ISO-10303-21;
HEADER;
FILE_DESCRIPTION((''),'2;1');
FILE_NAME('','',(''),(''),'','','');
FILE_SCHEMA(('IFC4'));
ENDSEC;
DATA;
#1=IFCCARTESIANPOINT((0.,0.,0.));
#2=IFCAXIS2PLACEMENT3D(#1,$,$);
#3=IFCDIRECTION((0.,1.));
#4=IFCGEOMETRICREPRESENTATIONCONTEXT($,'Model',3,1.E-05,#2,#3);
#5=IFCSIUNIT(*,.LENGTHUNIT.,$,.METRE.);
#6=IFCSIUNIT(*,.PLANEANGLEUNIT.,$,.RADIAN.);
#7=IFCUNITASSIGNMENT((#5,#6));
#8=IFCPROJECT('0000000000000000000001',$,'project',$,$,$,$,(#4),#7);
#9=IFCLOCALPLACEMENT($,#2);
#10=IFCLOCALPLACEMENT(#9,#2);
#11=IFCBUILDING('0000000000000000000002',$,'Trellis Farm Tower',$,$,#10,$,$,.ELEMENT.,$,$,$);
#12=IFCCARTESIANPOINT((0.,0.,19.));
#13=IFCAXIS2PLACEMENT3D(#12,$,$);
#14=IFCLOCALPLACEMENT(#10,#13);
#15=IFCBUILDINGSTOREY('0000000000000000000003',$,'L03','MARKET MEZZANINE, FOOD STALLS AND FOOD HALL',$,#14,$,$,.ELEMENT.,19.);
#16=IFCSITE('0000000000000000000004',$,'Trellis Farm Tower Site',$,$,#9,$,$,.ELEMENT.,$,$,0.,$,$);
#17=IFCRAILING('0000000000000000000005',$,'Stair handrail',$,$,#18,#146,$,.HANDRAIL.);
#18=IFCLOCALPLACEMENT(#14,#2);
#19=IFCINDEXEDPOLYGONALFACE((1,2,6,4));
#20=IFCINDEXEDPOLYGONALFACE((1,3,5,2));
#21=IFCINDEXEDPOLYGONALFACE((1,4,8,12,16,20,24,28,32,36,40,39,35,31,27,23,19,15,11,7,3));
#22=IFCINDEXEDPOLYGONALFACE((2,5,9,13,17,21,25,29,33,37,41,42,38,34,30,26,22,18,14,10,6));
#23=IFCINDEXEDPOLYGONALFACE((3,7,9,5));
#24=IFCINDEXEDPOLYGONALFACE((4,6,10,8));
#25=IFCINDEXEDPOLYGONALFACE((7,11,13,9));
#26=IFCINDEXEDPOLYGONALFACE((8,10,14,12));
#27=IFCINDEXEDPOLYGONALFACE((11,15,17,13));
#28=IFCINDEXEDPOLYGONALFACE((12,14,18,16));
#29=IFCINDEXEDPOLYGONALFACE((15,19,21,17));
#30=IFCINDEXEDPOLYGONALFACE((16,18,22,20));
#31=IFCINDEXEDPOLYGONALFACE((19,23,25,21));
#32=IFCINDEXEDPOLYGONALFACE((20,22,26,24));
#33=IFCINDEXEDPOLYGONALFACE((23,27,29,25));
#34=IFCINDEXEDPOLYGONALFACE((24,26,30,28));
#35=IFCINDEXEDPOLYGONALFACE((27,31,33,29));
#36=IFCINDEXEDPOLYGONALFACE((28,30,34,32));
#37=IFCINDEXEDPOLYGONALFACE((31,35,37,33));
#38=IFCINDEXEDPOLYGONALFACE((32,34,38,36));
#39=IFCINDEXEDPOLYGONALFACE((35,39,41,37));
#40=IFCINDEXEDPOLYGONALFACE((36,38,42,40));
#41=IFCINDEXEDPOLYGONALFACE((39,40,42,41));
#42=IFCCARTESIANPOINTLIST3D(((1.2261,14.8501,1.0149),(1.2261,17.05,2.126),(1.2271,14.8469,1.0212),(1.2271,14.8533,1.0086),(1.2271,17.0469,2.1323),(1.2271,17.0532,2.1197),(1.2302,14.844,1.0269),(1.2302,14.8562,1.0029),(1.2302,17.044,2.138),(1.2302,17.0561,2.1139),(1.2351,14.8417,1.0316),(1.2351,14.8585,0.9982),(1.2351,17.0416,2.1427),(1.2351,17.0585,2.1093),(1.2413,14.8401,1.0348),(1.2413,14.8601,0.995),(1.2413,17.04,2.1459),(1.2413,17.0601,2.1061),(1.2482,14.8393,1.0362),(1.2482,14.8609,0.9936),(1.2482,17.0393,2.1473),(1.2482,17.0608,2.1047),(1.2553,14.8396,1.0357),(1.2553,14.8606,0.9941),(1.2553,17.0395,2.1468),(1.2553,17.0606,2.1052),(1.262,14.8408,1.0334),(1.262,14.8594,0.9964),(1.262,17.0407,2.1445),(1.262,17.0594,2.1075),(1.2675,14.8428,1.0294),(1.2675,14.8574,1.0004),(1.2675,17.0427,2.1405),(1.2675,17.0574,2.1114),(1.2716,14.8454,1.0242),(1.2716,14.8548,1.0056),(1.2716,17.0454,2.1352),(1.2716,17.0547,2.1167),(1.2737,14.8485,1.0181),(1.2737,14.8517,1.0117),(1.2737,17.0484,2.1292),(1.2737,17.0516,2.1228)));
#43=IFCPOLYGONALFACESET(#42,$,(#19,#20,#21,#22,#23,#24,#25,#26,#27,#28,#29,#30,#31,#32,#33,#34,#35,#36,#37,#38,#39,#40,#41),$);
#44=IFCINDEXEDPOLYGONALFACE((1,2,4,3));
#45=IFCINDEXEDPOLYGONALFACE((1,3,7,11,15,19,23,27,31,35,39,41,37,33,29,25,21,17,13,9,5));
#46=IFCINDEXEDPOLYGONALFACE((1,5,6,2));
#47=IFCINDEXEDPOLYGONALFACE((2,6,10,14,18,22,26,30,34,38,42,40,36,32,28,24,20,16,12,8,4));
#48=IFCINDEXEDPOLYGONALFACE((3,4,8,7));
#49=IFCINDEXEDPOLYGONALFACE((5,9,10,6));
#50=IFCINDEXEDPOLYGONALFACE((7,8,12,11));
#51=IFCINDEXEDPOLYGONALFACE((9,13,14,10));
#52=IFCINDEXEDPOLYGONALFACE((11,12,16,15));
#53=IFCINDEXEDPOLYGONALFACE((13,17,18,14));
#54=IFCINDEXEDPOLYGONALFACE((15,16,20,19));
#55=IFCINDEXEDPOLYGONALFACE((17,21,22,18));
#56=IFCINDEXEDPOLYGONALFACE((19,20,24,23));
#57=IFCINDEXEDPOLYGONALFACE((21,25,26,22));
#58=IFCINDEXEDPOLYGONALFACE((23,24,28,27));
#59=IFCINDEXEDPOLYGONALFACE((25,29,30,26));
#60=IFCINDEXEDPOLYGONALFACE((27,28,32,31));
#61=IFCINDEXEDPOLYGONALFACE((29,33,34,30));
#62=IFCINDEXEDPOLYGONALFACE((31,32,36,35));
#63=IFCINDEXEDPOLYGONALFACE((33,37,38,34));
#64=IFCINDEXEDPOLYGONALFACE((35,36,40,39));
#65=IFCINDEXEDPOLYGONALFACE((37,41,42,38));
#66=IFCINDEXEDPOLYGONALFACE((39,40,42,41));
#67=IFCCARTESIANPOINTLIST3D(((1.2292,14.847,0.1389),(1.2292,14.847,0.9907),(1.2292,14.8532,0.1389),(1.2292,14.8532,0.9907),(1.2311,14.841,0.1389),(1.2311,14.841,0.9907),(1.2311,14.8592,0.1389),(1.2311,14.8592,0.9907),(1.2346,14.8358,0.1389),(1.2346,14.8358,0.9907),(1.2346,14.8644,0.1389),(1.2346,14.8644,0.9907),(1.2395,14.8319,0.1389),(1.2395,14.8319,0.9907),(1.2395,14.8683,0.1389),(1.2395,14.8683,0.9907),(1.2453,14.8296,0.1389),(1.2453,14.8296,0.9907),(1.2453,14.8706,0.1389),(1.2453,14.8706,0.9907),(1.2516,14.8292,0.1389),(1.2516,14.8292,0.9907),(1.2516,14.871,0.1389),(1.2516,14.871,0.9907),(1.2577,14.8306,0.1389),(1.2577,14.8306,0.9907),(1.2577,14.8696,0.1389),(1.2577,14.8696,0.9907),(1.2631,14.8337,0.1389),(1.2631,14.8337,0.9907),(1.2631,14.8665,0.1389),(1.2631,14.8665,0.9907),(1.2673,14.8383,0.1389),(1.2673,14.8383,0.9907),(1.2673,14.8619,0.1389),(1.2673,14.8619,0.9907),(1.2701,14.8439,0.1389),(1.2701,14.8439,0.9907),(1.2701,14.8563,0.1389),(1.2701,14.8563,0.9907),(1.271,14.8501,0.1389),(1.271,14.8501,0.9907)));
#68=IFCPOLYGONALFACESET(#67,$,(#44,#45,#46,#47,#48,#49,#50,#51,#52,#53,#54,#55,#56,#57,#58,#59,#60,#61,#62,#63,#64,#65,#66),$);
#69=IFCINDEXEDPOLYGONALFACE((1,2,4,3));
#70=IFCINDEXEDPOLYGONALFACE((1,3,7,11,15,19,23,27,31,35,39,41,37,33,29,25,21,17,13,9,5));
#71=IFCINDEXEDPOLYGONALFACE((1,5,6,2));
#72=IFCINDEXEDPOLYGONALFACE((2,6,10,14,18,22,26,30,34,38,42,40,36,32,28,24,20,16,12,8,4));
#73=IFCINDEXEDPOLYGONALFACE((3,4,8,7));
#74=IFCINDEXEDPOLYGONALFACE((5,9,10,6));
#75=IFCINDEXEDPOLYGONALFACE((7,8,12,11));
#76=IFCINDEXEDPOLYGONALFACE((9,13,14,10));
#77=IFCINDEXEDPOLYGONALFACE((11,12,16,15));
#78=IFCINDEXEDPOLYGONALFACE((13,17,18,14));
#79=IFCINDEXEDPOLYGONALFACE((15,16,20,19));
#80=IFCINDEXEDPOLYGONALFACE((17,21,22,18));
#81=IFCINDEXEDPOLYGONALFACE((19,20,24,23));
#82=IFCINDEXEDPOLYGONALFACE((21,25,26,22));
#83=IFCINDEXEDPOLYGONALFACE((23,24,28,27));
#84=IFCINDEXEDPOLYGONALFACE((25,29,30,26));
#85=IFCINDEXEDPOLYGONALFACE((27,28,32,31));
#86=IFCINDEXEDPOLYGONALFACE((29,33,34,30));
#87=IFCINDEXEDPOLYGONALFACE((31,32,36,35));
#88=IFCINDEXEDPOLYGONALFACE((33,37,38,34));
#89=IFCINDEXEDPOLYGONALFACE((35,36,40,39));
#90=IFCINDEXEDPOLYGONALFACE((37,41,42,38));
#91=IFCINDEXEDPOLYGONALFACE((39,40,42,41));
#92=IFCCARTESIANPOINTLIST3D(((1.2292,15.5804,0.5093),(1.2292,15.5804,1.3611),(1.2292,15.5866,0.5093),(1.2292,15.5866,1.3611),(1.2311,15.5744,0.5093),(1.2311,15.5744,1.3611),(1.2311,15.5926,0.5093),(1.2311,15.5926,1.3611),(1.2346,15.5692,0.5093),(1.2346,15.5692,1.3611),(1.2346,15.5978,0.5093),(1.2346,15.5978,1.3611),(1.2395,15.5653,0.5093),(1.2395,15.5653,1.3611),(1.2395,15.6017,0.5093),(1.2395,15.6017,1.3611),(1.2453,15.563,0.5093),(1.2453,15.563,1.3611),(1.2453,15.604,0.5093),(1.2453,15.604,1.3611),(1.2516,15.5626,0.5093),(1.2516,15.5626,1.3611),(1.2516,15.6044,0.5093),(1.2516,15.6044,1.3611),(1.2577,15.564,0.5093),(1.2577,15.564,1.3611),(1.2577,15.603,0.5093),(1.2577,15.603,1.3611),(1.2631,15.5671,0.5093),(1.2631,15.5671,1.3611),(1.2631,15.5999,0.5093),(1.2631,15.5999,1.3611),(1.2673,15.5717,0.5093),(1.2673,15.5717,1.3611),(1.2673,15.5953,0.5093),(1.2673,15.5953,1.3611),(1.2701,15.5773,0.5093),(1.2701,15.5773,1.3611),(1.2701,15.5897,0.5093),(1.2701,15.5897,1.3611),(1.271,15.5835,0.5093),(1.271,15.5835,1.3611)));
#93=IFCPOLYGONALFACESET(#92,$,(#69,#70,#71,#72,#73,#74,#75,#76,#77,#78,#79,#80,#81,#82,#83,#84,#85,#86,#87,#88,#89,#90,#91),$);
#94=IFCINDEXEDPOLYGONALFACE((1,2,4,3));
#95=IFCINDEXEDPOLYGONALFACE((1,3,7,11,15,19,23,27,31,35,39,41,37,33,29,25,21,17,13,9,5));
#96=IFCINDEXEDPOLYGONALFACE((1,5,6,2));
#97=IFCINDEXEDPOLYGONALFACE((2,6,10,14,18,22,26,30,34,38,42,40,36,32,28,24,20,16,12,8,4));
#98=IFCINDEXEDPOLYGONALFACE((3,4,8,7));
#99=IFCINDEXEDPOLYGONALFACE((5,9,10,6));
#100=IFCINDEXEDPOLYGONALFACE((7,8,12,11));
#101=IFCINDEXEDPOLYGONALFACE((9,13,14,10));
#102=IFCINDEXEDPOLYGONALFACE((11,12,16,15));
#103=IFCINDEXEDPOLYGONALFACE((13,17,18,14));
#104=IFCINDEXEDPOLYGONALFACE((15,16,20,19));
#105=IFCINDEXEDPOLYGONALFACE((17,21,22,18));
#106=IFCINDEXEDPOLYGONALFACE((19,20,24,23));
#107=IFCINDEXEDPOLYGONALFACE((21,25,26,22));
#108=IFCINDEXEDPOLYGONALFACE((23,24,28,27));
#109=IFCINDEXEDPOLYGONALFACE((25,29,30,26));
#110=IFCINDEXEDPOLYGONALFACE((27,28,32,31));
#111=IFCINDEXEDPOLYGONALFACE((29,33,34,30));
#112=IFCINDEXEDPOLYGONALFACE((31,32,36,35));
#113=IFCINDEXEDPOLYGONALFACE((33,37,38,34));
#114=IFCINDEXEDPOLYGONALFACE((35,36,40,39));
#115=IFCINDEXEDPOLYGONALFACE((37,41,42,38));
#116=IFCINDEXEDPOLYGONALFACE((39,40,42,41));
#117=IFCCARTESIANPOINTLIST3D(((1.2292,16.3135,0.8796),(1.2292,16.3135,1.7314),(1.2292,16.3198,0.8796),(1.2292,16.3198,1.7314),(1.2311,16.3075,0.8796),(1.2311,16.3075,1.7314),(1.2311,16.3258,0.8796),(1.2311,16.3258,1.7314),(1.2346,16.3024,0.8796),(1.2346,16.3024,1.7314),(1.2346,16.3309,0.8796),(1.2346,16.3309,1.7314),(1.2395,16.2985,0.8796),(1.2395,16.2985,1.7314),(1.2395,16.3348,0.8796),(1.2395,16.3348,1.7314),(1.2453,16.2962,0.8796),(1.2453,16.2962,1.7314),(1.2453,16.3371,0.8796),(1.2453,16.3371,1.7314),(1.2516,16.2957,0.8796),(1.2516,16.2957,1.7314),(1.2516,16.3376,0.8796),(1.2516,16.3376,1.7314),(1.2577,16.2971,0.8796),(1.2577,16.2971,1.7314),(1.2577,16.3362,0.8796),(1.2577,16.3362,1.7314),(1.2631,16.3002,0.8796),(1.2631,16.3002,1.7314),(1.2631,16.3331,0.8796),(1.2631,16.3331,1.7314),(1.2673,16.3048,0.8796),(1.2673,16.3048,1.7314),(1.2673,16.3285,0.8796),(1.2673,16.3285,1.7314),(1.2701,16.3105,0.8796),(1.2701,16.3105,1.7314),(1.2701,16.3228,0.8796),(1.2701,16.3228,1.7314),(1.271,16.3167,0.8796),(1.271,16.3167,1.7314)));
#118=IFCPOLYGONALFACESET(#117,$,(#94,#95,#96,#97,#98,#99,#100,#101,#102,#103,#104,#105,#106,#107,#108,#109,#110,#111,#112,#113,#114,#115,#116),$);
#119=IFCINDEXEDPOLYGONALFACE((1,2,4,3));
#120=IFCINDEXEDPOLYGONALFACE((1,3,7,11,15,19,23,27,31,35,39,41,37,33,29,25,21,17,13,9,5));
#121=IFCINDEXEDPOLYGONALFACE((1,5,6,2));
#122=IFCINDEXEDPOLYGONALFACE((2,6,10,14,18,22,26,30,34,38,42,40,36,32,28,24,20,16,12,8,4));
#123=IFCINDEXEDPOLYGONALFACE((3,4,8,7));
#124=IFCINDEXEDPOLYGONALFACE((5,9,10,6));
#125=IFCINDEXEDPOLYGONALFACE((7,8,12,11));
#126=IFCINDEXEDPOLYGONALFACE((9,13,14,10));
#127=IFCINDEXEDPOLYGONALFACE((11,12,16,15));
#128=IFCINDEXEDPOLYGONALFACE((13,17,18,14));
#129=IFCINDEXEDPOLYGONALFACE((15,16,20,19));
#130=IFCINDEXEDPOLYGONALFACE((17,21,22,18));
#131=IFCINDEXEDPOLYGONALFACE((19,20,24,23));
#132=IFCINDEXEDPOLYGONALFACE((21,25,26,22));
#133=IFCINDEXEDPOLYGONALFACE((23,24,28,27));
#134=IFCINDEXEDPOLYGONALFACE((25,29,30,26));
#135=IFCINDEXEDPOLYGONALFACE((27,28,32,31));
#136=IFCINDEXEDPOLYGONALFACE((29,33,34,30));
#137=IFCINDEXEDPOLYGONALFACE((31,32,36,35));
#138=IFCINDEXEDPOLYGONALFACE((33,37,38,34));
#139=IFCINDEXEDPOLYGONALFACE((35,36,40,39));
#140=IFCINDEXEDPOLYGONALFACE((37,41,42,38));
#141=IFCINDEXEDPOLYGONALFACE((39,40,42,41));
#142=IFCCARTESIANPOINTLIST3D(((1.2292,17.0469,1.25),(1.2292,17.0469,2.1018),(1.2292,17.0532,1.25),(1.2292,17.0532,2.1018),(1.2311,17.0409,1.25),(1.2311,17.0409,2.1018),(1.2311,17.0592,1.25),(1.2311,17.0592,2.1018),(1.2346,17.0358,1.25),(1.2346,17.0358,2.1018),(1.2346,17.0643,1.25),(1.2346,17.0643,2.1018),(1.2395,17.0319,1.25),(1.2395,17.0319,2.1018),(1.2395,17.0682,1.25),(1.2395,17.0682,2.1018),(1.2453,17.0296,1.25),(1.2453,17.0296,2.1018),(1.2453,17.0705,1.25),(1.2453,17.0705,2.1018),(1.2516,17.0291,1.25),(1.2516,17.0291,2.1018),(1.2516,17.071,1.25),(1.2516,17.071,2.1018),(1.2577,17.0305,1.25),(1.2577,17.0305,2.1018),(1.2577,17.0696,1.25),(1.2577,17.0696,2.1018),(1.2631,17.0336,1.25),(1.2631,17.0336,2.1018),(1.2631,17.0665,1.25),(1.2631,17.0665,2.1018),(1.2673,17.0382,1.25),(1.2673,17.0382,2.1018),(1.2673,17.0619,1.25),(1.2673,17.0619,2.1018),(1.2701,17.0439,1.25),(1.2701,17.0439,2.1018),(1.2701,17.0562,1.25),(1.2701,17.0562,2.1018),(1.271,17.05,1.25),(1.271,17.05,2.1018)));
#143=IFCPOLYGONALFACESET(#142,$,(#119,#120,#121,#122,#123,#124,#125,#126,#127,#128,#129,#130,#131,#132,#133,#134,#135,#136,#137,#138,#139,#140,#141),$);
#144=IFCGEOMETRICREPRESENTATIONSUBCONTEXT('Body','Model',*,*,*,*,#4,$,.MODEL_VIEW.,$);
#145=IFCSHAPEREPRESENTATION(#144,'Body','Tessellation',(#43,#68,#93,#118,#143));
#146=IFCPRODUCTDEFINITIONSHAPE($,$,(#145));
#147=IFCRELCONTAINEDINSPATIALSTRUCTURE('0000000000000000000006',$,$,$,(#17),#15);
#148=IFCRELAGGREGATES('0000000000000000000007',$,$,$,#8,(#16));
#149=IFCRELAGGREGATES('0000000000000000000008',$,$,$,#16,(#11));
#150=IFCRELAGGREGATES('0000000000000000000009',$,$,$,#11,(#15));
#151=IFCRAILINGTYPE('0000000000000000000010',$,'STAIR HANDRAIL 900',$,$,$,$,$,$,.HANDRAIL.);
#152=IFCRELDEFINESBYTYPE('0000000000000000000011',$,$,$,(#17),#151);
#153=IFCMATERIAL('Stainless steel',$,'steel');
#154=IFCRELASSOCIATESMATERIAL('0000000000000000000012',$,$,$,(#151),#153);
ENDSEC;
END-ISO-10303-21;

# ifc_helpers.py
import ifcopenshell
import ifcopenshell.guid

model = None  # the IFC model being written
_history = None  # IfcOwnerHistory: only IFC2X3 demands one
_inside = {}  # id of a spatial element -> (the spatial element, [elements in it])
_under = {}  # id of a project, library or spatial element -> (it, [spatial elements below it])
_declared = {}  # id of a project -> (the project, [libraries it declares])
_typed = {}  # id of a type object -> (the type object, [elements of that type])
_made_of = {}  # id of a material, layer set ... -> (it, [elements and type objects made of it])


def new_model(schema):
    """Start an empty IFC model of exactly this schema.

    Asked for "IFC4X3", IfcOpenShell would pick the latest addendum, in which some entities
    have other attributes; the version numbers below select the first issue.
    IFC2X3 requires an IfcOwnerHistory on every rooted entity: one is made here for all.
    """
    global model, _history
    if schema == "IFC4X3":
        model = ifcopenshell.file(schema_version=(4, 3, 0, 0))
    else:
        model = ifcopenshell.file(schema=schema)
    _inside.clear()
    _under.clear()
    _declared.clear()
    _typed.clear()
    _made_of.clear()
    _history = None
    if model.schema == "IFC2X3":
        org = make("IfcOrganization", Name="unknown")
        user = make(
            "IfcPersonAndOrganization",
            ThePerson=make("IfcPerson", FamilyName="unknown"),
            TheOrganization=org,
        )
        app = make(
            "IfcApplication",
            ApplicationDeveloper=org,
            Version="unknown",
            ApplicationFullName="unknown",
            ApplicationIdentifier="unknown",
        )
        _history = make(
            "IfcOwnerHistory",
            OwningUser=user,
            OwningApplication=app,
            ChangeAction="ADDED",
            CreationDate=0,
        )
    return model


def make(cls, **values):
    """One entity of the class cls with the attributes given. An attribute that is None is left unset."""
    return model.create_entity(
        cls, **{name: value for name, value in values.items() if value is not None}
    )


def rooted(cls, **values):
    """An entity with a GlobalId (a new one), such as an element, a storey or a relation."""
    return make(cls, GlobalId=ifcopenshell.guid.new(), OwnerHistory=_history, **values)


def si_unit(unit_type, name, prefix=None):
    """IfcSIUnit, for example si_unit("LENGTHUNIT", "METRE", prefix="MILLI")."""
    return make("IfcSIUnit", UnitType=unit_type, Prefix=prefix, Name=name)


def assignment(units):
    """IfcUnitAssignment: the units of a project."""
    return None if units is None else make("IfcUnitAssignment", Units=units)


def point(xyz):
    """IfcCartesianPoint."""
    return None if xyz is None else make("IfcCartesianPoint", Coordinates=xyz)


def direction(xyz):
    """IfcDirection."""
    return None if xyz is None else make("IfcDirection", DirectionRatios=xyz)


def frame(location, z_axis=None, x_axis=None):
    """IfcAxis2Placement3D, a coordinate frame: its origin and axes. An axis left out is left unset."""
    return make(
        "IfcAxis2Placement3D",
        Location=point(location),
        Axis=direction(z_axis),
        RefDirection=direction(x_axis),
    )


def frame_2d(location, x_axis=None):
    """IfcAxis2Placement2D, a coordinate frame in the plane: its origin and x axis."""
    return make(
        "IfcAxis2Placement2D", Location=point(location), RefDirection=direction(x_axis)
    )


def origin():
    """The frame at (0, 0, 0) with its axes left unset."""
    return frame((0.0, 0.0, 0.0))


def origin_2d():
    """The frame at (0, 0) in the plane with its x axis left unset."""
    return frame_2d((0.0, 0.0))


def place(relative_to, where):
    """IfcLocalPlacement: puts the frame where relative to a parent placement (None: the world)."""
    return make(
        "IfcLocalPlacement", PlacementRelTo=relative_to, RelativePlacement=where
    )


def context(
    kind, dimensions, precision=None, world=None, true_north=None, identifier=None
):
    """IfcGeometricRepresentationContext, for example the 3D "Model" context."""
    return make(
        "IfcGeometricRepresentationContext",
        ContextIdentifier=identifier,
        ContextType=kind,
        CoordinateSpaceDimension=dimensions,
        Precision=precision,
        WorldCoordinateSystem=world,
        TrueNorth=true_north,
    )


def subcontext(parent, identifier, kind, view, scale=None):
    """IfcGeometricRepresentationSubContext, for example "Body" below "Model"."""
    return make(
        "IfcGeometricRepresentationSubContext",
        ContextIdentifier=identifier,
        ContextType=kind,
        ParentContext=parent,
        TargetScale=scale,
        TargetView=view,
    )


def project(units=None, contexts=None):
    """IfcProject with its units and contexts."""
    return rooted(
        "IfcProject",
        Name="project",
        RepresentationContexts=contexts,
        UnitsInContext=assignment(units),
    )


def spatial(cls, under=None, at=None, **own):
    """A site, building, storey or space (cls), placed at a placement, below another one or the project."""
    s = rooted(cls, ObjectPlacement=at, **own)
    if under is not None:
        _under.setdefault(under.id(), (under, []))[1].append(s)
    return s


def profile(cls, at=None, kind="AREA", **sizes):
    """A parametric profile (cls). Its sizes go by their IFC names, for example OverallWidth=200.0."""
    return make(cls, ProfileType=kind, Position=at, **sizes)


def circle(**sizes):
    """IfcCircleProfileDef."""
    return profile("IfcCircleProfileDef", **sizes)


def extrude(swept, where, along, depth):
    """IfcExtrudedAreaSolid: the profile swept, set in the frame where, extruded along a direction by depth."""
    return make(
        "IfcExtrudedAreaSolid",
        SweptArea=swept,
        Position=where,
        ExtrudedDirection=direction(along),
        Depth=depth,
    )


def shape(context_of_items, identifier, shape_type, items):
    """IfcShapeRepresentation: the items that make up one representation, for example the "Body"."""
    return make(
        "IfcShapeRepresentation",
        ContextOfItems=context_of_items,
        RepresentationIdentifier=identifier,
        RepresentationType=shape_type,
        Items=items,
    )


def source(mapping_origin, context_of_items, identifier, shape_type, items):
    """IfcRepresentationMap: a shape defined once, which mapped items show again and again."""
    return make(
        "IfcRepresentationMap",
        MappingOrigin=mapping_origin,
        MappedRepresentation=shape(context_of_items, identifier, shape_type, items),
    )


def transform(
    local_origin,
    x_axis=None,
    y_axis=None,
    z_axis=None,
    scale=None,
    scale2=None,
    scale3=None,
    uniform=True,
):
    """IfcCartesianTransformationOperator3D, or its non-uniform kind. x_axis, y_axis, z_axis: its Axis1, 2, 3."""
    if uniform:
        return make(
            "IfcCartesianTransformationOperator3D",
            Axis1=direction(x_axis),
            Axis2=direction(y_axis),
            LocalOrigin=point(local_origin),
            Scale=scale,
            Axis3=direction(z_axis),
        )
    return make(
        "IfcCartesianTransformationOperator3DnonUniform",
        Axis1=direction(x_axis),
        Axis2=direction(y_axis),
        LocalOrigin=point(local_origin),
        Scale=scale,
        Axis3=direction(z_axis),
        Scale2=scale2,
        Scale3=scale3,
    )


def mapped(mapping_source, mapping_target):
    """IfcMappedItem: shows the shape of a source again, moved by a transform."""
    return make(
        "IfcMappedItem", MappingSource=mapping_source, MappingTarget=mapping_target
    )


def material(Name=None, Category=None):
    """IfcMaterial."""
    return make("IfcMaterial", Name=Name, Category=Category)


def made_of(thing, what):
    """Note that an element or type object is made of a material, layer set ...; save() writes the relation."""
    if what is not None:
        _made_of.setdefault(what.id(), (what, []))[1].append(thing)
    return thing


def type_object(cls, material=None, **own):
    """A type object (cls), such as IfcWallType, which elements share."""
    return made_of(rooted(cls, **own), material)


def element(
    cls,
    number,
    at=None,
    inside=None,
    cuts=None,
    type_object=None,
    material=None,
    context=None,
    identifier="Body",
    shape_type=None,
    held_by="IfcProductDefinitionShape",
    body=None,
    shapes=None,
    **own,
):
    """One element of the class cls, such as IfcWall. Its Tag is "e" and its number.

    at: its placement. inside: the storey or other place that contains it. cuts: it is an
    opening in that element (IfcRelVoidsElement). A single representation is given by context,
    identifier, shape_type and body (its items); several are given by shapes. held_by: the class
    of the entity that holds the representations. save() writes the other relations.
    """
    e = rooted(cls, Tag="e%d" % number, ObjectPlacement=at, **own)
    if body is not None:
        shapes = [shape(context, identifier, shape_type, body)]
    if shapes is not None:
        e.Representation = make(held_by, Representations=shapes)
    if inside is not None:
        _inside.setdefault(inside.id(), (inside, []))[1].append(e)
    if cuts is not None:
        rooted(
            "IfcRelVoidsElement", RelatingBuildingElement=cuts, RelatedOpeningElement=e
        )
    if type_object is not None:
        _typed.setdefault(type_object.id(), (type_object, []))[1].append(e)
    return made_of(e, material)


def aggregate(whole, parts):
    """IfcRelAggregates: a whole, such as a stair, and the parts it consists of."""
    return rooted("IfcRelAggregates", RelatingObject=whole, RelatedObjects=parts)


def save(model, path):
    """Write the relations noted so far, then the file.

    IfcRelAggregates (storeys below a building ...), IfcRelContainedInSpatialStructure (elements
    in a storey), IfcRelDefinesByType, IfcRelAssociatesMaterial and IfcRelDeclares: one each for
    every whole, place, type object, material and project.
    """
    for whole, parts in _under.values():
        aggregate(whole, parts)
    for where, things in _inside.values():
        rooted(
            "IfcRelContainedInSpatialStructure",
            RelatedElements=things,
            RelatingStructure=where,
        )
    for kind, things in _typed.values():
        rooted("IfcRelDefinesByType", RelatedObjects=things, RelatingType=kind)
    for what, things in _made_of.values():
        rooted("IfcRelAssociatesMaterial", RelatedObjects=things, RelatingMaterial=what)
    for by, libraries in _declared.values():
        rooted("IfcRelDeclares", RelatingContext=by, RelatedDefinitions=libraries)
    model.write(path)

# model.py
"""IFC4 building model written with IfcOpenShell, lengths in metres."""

from ifc_helpers import new_model, si_unit, direction, frame, origin, origin_2d, place, context, subcontext, project, spatial, circle, extrude, source, transform, mapped, material, type_object, element, save


model = new_model("IFC4")

# Units and contexts
model_context = context("Model", 3, precision=1e-05, world=origin(), true_north=direction((0.0, 1.0)))
body_context = subcontext(model_context, "Body", "Model", "MODEL_VIEW")
ifc_project = project(units=[si_unit("LENGTHUNIT", "METRE"), si_unit("PLANEANGLEUNIT", "RADIAN")], contexts=[model_context])

# Site, building, storey
site_placement = place(None, origin())
site = spatial("IfcSite", under=ifc_project, at=site_placement, Name="Trellis Farm Tower Site", CompositionType="ELEMENT", RefElevation=0.0)
building_placement = place(site_placement, origin())
building = spatial("IfcBuilding", under=site, at=building_placement, Name="Trellis Farm Tower", CompositionType="ELEMENT")
storey_placement = place(building_placement, frame((0.0, 0.0, 19.0)))
storey = spatial("IfcBuildingStorey", under=building, at=storey_placement, Name="L03", Description="MARKET MEZZANINE, FOOD STALLS AND FOOD HALL", CompositionType="ELEMENT", Elevation=19.0)

# Shared definitions
ifc_material_1 = material(Name="Stainless steel", Category="steel")

# Railing
railing_type = type_object("IfcRailingType", Name="STAIR HANDRAIL 900", PredefinedType="HANDRAIL", material=ifc_material_1)
shared_shape_1 = source(origin(), body_context, "Body", "SweptSolid", [
    extrude(circle(Radius=0.0239, at=origin_2d()), frame((0.0, 0.0, 0.876), z_axis=(0.0, 0.892617, 0.450816), x_axis=(-1.0, 0.0, 0.0)), (0.0, 0.0, 1.0), 2.4646),
    extrude(circle(Radius=0.021, at=origin_2d()), origin(), (0.0, 0.0, 1.0), 0.8518),
    extrude(circle(Radius=0.021, at=origin_2d()), frame((0.0, 0.7334, 0.3704)), (0.0, 0.0, 1.0), 0.8518),
    extrude(circle(Radius=0.021, at=origin_2d()), frame((0.0, 1.4666, 0.7407)), (0.0, 0.0, 1.0), 0.8518),
    extrude(circle(Radius=0.021, at=origin_2d()), frame((0.0, 2.2, 1.1111)), (0.0, 0.0, 1.0), 0.8518),
])
for number, where, name in (
    (1, (1.25, 14.8501, 0.1389), "Stair handrail"),
):
    element("IfcRailing", number, at=place(storey_placement, frame(where)), inside=storey, type_object=railing_type, Name=name, PredefinedType="HANDRAIL", context=body_context, shape_type="MappedRepresentation", body=[
        mapped(shared_shape_1, transform((0.0, 0.0, 0.0))),
    ])

save(model, "model.ifc")
